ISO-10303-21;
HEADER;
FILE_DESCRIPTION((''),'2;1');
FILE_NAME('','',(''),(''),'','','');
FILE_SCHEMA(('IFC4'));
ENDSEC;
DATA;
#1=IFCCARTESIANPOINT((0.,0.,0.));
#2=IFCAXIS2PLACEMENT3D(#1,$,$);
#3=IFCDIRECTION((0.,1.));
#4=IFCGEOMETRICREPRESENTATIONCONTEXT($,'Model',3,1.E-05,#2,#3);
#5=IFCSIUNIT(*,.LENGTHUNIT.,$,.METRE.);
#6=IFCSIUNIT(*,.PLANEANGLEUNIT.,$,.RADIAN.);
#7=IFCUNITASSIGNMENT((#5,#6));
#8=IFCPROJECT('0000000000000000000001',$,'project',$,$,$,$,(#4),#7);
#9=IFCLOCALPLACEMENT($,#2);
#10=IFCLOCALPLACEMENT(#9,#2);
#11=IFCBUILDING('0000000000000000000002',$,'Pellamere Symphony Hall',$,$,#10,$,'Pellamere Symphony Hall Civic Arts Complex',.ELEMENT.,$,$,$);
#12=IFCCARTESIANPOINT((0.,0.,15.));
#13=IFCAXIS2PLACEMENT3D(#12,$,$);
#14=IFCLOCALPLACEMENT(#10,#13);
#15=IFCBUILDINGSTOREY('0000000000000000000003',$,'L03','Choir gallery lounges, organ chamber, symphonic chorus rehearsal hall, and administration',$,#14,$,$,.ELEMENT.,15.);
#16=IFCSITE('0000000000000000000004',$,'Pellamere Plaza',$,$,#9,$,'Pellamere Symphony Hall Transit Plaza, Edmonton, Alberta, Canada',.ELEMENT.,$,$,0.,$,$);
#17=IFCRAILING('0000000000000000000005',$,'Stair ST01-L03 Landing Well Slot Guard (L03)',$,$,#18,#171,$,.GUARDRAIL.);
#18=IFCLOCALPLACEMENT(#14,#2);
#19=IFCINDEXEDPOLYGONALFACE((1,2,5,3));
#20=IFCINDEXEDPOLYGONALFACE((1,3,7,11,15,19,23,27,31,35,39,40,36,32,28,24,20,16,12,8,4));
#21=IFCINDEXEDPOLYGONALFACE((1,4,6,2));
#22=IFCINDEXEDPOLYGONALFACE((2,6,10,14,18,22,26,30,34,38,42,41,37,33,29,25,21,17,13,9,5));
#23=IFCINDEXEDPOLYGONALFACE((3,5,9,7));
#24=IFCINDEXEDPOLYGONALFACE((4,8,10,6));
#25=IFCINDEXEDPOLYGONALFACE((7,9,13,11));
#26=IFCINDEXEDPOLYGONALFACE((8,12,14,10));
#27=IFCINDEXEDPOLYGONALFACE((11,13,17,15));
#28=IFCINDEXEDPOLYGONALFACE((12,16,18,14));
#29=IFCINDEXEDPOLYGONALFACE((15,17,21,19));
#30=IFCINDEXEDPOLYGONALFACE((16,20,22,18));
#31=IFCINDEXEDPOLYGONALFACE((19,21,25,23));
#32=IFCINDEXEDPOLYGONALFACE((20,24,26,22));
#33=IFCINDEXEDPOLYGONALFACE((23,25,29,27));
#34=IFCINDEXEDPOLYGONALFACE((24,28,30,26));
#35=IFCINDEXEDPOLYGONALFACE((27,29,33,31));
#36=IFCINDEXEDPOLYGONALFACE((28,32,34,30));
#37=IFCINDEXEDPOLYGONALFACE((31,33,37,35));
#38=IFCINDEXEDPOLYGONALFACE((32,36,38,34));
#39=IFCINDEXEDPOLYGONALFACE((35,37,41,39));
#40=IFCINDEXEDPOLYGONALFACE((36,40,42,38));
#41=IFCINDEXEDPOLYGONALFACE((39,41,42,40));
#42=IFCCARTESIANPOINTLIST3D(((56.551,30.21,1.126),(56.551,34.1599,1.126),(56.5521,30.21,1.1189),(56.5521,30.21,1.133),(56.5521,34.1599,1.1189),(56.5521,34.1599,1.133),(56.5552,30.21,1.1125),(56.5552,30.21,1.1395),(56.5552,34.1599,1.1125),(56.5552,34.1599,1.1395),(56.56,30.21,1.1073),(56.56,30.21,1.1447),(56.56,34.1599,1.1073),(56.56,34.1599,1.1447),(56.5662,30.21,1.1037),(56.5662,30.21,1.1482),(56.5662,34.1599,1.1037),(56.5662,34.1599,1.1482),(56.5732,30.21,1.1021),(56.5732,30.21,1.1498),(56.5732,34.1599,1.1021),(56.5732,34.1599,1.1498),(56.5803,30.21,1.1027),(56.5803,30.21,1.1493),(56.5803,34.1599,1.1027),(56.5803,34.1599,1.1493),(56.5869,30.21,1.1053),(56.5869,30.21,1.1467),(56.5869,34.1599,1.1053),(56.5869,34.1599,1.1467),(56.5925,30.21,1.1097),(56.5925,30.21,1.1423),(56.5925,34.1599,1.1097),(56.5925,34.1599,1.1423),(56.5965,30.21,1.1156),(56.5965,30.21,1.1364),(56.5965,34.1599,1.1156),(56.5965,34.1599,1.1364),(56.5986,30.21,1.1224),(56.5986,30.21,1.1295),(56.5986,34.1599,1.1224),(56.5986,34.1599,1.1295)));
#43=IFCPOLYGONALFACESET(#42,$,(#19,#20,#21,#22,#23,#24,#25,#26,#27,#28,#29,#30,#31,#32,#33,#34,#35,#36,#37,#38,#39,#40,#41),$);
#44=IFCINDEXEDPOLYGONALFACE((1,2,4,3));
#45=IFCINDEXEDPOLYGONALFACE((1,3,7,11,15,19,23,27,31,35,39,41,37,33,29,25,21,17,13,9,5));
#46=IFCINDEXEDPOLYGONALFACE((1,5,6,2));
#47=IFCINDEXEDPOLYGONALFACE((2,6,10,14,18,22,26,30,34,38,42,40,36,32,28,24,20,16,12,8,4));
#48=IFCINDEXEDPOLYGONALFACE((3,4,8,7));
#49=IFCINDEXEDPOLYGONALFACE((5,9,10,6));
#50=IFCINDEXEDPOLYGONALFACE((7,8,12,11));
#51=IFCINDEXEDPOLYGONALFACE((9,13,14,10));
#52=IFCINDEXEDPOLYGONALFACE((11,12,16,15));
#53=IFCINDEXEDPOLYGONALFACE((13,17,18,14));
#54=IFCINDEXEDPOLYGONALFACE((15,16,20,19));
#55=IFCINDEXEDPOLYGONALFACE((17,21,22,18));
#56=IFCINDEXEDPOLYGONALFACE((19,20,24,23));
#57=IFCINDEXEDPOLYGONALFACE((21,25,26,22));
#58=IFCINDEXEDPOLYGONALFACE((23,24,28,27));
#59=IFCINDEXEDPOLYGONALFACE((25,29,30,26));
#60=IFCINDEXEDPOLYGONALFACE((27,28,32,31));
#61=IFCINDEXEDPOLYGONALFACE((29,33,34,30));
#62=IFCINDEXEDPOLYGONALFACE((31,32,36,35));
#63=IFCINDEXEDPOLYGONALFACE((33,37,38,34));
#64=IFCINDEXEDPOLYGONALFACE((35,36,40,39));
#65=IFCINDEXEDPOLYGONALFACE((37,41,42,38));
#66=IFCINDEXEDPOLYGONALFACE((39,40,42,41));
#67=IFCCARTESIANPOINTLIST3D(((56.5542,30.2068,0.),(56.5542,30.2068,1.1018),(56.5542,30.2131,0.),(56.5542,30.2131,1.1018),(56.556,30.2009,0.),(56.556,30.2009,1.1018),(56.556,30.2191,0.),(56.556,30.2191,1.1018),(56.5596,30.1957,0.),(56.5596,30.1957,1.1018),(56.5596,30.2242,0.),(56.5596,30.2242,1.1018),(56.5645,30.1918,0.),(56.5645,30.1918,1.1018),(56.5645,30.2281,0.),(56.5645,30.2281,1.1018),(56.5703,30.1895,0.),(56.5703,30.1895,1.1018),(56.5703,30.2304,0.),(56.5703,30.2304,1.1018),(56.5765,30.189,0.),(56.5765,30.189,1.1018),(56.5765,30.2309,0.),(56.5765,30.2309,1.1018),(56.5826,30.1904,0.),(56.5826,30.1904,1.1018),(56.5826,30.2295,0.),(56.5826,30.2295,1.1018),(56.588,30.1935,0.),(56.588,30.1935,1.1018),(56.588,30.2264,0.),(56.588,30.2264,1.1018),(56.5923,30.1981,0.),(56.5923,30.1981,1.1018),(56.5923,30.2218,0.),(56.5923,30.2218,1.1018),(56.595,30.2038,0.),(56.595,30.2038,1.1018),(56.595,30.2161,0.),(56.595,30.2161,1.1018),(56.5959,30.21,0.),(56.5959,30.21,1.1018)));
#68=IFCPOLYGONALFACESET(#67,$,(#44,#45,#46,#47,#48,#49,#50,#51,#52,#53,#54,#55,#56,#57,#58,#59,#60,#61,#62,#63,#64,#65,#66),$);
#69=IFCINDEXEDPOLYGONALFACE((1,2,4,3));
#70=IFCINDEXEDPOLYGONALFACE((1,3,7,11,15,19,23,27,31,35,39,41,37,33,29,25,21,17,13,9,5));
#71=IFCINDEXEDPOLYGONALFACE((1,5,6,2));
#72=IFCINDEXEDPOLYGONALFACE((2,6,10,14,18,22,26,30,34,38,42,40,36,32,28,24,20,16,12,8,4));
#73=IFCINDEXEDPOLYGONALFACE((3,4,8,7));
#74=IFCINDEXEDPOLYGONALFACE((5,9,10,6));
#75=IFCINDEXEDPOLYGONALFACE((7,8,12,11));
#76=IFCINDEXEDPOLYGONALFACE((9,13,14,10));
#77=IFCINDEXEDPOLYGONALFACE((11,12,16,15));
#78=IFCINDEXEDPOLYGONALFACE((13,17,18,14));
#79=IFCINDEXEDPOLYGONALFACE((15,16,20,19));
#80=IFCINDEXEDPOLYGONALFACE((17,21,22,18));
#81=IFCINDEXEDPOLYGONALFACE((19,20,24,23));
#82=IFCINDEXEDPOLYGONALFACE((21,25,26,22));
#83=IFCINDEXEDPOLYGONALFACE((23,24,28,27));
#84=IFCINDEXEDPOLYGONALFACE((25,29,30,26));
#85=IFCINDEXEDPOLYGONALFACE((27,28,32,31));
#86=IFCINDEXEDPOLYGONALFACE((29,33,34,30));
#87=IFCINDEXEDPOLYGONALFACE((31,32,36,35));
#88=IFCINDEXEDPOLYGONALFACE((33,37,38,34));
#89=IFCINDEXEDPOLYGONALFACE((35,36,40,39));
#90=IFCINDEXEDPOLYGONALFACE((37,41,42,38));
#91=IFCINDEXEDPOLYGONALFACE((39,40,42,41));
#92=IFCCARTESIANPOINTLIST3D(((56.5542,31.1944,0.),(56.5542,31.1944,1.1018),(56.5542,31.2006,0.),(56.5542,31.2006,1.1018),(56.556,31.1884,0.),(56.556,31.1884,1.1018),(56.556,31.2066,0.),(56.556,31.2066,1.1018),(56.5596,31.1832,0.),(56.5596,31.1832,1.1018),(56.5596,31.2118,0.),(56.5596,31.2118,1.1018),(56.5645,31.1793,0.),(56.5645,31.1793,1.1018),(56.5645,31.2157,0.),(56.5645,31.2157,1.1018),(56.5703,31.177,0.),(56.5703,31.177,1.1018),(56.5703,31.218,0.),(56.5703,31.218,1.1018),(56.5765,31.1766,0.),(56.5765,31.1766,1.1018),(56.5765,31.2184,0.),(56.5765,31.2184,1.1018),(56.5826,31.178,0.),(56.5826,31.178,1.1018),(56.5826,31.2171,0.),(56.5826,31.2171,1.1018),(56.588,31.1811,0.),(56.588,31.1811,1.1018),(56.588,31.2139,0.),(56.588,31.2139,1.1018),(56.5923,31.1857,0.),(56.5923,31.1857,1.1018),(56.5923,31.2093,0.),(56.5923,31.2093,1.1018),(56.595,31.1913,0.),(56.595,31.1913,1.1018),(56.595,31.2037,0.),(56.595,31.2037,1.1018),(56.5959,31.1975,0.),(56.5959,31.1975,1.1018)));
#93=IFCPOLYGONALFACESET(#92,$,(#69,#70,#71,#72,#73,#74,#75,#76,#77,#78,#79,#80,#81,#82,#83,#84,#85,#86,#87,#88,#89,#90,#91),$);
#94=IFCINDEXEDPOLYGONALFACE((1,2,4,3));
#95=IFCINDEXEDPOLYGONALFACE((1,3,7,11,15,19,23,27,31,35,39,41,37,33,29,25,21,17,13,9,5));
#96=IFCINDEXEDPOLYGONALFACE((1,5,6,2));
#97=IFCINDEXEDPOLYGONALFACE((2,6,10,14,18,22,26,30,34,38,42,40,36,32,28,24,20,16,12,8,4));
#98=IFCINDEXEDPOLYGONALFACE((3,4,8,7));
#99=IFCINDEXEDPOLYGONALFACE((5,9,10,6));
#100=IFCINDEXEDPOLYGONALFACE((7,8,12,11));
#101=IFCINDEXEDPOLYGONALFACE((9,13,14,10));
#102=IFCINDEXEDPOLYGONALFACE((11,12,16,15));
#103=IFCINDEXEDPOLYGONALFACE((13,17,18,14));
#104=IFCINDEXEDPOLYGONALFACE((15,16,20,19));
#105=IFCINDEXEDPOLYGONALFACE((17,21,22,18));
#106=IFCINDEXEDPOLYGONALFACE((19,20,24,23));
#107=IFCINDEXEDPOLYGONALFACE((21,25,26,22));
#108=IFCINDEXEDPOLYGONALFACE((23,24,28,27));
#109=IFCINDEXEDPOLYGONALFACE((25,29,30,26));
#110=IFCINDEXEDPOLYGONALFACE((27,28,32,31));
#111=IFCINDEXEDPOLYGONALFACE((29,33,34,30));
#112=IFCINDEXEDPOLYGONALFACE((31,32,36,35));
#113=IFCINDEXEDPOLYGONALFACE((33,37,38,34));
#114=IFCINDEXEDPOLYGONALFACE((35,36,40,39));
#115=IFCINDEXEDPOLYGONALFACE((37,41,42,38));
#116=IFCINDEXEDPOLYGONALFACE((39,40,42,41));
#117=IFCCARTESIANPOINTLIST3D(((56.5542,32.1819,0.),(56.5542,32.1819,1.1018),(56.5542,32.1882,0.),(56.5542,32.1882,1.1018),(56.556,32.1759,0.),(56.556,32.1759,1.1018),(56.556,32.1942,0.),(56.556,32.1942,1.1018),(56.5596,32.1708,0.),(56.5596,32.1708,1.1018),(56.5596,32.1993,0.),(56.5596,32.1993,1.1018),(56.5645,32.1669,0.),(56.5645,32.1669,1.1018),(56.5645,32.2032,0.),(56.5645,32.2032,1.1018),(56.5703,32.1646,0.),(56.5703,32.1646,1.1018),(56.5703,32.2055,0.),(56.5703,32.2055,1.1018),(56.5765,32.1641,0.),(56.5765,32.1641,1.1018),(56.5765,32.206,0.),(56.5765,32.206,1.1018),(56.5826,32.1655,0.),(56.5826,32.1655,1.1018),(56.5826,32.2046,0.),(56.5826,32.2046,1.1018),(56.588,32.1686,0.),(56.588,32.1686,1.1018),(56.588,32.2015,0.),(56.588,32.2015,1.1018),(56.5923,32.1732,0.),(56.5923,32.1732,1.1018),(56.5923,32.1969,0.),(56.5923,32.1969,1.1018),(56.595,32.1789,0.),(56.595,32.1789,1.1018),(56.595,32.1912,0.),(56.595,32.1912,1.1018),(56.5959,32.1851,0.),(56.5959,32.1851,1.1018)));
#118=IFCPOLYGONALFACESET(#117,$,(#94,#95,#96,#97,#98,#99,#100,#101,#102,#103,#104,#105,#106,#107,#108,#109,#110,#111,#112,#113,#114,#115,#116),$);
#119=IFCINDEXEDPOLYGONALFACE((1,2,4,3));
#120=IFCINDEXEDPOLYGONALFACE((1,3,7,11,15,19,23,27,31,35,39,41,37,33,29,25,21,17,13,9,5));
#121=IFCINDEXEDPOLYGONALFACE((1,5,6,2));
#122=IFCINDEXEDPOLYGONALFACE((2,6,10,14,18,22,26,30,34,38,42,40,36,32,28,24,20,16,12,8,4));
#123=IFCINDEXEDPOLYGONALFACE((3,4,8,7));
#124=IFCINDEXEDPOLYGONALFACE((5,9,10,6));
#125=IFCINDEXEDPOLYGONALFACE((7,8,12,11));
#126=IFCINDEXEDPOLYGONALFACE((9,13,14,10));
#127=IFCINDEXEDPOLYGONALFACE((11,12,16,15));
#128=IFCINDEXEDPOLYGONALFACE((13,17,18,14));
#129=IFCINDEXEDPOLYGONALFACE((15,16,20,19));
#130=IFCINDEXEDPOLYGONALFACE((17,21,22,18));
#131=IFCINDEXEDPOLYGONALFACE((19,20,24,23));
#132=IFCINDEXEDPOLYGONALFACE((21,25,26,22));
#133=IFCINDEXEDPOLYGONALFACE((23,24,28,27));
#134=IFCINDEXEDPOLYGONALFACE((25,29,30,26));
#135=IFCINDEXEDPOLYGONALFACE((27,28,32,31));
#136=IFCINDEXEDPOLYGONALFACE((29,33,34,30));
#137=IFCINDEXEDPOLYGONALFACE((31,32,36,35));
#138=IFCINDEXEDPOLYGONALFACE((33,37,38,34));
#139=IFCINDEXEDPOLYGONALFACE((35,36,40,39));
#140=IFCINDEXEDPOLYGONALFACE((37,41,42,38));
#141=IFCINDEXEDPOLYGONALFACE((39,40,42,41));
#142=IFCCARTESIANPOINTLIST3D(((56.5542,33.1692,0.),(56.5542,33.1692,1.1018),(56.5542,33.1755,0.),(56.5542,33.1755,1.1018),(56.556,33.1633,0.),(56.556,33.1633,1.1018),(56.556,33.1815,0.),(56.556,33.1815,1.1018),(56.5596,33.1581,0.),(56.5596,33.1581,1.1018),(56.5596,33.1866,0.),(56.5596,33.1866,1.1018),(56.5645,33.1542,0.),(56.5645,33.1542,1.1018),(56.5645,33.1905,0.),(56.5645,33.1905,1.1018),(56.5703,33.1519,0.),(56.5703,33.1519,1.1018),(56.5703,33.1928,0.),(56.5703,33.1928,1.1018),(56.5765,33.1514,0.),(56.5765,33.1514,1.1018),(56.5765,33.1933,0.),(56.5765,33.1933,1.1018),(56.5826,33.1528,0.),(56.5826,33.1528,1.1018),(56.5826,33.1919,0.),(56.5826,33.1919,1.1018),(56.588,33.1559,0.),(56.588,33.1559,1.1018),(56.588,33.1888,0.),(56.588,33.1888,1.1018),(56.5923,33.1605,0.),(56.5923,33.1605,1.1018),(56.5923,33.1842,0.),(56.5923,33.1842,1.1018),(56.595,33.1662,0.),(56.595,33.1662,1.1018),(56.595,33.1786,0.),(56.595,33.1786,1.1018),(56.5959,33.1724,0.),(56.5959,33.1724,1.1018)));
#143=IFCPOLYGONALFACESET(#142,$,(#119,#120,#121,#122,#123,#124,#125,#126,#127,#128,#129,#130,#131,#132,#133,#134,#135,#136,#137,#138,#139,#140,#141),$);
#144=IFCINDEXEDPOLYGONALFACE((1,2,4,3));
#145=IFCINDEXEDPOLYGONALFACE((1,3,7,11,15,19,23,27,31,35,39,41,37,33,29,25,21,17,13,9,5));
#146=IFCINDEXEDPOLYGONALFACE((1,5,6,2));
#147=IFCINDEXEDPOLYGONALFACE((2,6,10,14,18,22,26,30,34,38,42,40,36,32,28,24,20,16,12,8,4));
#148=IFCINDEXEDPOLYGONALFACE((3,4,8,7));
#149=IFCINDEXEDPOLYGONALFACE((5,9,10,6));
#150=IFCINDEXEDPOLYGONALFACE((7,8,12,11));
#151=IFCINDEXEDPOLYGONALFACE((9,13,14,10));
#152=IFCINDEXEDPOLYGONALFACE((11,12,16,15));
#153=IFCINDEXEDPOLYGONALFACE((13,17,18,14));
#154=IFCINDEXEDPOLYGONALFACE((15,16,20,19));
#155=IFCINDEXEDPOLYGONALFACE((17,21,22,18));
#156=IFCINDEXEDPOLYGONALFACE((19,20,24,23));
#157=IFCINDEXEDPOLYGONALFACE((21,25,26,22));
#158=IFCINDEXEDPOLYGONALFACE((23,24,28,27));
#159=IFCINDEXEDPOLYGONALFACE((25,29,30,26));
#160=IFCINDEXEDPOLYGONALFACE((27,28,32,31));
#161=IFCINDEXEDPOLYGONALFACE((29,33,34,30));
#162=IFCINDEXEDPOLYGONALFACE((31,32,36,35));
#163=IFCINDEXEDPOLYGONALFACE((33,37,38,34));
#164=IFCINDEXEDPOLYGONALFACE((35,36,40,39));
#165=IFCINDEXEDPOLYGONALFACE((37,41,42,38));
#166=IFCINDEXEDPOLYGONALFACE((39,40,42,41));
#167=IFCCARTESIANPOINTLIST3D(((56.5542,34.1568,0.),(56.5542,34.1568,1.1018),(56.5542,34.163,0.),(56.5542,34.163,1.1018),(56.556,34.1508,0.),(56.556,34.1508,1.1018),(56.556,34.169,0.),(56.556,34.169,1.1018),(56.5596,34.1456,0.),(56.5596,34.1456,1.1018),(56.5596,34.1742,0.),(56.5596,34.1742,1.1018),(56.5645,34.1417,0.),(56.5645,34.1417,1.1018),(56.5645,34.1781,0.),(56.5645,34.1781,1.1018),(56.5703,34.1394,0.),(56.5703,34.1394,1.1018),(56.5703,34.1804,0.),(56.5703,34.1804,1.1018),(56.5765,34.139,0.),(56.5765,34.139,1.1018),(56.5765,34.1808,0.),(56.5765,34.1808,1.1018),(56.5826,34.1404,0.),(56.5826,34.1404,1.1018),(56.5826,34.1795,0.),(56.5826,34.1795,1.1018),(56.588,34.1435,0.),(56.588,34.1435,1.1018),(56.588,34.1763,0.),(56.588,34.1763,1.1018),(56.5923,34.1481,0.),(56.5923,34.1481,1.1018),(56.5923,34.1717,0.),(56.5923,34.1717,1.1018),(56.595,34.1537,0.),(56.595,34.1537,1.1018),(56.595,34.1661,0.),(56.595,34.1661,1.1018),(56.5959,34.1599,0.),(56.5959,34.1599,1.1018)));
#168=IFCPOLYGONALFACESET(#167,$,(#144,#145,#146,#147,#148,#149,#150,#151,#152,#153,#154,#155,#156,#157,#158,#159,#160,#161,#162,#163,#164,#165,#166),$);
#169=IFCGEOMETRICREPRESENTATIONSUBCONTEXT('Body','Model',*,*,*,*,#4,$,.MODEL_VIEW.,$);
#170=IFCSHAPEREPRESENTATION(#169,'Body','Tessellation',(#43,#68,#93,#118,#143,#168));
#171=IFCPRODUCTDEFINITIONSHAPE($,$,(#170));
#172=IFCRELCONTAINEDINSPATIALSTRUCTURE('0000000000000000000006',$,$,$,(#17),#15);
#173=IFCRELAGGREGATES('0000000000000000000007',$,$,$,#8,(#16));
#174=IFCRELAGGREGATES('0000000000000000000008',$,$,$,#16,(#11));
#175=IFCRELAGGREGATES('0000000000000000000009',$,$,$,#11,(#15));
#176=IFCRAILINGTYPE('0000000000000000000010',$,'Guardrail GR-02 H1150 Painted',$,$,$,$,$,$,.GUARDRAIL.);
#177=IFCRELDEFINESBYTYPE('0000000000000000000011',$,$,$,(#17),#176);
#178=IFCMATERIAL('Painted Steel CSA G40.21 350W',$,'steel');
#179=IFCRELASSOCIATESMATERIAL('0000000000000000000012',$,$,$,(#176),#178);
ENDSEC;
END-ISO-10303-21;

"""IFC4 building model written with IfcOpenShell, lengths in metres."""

from ifc_helpers import new_model, si_unit, direction, frame, origin, origin_2d, place, context, subcontext, project, spatial, circle, extrude, material, type_object, element, save


model = new_model("IFC4")

# Units and contexts
model_context = context("Model", 3, precision=1e-05, world=origin(), true_north=direction((0.0, 1.0)))
body_context = subcontext(model_context, "Body", "Model", "MODEL_VIEW")
ifc_project = project(units=[si_unit("LENGTHUNIT", "METRE"), si_unit("PLANEANGLEUNIT", "RADIAN")], contexts=[model_context])

# Site, building, storey
site_placement = place(None, origin())
site = spatial("IfcSite", under=ifc_project, at=site_placement, Name="Pellamere Plaza", LongName="Pellamere Symphony Hall Transit Plaza, Edmonton, Alberta, Canada", CompositionType="ELEMENT", RefElevation=0.0)
building_placement = place(site_placement, origin())
building = spatial("IfcBuilding", under=site, at=building_placement, Name="Pellamere Symphony Hall", LongName="Pellamere Symphony Hall Civic Arts Complex", CompositionType="ELEMENT")
storey_placement = place(building_placement, frame((0.0, 0.0, 15.0)))
storey = spatial("IfcBuildingStorey", under=building, at=storey_placement, Name="L03", Description="Choir gallery lounges, organ chamber, symphonic chorus rehearsal hall, and administration", CompositionType="ELEMENT", Elevation=15.0)

# Railing
ifc_material_1 = material(Name="Painted Steel CSA G40.21 350W", Category="steel")
railing_type_1 = type_object("IfcRailingType", Name="Guardrail GR-02 H1150 Painted", PredefinedType="GUARDRAIL", material=ifc_material_1)
railing_1_placement = place(storey_placement, frame((56.575, 30.21, 0.0)))
element("IfcRailing", 1, at=railing_1_placement, inside=storey, type_object=railing_type_1, Name="Stair ST01-L03 Landing Well Slot Guard (L03)", PredefinedType="GUARDRAIL", context=body_context, shape_type="SweptSolid", body=[
    extrude(circle(Radius=0.0239, at=origin_2d()), frame((0.0, 0.0, 1.126), z_axis=(0.0, 1.0, 0.0), x_axis=(-1.0, 0.0, 0.0)), (0.0, 0.0, 1.0), 3.95),
    extrude(circle(Radius=0.021, at=origin_2d()), origin(), (0.0, 0.0, 1.0), 1.1018),
    extrude(circle(Radius=0.021, at=origin_2d()), frame((0.0, 0.9875, 0.0)), (0.0, 0.0, 1.0), 1.1018),
    extrude(circle(Radius=0.021, at=origin_2d()), frame((0.0, 1.9751, 0.0)), (0.0, 0.0, 1.0), 1.1018),
    extrude(circle(Radius=0.021, at=origin_2d()), frame((0.0, 2.9624, 0.0)), (0.0, 0.0, 1.0), 1.1018),
    extrude(circle(Radius=0.021, at=origin_2d()), frame((0.0, 3.95, 0.0)), (0.0, 0.0, 1.0), 1.1018),
])

save(model, "model.ifc")
